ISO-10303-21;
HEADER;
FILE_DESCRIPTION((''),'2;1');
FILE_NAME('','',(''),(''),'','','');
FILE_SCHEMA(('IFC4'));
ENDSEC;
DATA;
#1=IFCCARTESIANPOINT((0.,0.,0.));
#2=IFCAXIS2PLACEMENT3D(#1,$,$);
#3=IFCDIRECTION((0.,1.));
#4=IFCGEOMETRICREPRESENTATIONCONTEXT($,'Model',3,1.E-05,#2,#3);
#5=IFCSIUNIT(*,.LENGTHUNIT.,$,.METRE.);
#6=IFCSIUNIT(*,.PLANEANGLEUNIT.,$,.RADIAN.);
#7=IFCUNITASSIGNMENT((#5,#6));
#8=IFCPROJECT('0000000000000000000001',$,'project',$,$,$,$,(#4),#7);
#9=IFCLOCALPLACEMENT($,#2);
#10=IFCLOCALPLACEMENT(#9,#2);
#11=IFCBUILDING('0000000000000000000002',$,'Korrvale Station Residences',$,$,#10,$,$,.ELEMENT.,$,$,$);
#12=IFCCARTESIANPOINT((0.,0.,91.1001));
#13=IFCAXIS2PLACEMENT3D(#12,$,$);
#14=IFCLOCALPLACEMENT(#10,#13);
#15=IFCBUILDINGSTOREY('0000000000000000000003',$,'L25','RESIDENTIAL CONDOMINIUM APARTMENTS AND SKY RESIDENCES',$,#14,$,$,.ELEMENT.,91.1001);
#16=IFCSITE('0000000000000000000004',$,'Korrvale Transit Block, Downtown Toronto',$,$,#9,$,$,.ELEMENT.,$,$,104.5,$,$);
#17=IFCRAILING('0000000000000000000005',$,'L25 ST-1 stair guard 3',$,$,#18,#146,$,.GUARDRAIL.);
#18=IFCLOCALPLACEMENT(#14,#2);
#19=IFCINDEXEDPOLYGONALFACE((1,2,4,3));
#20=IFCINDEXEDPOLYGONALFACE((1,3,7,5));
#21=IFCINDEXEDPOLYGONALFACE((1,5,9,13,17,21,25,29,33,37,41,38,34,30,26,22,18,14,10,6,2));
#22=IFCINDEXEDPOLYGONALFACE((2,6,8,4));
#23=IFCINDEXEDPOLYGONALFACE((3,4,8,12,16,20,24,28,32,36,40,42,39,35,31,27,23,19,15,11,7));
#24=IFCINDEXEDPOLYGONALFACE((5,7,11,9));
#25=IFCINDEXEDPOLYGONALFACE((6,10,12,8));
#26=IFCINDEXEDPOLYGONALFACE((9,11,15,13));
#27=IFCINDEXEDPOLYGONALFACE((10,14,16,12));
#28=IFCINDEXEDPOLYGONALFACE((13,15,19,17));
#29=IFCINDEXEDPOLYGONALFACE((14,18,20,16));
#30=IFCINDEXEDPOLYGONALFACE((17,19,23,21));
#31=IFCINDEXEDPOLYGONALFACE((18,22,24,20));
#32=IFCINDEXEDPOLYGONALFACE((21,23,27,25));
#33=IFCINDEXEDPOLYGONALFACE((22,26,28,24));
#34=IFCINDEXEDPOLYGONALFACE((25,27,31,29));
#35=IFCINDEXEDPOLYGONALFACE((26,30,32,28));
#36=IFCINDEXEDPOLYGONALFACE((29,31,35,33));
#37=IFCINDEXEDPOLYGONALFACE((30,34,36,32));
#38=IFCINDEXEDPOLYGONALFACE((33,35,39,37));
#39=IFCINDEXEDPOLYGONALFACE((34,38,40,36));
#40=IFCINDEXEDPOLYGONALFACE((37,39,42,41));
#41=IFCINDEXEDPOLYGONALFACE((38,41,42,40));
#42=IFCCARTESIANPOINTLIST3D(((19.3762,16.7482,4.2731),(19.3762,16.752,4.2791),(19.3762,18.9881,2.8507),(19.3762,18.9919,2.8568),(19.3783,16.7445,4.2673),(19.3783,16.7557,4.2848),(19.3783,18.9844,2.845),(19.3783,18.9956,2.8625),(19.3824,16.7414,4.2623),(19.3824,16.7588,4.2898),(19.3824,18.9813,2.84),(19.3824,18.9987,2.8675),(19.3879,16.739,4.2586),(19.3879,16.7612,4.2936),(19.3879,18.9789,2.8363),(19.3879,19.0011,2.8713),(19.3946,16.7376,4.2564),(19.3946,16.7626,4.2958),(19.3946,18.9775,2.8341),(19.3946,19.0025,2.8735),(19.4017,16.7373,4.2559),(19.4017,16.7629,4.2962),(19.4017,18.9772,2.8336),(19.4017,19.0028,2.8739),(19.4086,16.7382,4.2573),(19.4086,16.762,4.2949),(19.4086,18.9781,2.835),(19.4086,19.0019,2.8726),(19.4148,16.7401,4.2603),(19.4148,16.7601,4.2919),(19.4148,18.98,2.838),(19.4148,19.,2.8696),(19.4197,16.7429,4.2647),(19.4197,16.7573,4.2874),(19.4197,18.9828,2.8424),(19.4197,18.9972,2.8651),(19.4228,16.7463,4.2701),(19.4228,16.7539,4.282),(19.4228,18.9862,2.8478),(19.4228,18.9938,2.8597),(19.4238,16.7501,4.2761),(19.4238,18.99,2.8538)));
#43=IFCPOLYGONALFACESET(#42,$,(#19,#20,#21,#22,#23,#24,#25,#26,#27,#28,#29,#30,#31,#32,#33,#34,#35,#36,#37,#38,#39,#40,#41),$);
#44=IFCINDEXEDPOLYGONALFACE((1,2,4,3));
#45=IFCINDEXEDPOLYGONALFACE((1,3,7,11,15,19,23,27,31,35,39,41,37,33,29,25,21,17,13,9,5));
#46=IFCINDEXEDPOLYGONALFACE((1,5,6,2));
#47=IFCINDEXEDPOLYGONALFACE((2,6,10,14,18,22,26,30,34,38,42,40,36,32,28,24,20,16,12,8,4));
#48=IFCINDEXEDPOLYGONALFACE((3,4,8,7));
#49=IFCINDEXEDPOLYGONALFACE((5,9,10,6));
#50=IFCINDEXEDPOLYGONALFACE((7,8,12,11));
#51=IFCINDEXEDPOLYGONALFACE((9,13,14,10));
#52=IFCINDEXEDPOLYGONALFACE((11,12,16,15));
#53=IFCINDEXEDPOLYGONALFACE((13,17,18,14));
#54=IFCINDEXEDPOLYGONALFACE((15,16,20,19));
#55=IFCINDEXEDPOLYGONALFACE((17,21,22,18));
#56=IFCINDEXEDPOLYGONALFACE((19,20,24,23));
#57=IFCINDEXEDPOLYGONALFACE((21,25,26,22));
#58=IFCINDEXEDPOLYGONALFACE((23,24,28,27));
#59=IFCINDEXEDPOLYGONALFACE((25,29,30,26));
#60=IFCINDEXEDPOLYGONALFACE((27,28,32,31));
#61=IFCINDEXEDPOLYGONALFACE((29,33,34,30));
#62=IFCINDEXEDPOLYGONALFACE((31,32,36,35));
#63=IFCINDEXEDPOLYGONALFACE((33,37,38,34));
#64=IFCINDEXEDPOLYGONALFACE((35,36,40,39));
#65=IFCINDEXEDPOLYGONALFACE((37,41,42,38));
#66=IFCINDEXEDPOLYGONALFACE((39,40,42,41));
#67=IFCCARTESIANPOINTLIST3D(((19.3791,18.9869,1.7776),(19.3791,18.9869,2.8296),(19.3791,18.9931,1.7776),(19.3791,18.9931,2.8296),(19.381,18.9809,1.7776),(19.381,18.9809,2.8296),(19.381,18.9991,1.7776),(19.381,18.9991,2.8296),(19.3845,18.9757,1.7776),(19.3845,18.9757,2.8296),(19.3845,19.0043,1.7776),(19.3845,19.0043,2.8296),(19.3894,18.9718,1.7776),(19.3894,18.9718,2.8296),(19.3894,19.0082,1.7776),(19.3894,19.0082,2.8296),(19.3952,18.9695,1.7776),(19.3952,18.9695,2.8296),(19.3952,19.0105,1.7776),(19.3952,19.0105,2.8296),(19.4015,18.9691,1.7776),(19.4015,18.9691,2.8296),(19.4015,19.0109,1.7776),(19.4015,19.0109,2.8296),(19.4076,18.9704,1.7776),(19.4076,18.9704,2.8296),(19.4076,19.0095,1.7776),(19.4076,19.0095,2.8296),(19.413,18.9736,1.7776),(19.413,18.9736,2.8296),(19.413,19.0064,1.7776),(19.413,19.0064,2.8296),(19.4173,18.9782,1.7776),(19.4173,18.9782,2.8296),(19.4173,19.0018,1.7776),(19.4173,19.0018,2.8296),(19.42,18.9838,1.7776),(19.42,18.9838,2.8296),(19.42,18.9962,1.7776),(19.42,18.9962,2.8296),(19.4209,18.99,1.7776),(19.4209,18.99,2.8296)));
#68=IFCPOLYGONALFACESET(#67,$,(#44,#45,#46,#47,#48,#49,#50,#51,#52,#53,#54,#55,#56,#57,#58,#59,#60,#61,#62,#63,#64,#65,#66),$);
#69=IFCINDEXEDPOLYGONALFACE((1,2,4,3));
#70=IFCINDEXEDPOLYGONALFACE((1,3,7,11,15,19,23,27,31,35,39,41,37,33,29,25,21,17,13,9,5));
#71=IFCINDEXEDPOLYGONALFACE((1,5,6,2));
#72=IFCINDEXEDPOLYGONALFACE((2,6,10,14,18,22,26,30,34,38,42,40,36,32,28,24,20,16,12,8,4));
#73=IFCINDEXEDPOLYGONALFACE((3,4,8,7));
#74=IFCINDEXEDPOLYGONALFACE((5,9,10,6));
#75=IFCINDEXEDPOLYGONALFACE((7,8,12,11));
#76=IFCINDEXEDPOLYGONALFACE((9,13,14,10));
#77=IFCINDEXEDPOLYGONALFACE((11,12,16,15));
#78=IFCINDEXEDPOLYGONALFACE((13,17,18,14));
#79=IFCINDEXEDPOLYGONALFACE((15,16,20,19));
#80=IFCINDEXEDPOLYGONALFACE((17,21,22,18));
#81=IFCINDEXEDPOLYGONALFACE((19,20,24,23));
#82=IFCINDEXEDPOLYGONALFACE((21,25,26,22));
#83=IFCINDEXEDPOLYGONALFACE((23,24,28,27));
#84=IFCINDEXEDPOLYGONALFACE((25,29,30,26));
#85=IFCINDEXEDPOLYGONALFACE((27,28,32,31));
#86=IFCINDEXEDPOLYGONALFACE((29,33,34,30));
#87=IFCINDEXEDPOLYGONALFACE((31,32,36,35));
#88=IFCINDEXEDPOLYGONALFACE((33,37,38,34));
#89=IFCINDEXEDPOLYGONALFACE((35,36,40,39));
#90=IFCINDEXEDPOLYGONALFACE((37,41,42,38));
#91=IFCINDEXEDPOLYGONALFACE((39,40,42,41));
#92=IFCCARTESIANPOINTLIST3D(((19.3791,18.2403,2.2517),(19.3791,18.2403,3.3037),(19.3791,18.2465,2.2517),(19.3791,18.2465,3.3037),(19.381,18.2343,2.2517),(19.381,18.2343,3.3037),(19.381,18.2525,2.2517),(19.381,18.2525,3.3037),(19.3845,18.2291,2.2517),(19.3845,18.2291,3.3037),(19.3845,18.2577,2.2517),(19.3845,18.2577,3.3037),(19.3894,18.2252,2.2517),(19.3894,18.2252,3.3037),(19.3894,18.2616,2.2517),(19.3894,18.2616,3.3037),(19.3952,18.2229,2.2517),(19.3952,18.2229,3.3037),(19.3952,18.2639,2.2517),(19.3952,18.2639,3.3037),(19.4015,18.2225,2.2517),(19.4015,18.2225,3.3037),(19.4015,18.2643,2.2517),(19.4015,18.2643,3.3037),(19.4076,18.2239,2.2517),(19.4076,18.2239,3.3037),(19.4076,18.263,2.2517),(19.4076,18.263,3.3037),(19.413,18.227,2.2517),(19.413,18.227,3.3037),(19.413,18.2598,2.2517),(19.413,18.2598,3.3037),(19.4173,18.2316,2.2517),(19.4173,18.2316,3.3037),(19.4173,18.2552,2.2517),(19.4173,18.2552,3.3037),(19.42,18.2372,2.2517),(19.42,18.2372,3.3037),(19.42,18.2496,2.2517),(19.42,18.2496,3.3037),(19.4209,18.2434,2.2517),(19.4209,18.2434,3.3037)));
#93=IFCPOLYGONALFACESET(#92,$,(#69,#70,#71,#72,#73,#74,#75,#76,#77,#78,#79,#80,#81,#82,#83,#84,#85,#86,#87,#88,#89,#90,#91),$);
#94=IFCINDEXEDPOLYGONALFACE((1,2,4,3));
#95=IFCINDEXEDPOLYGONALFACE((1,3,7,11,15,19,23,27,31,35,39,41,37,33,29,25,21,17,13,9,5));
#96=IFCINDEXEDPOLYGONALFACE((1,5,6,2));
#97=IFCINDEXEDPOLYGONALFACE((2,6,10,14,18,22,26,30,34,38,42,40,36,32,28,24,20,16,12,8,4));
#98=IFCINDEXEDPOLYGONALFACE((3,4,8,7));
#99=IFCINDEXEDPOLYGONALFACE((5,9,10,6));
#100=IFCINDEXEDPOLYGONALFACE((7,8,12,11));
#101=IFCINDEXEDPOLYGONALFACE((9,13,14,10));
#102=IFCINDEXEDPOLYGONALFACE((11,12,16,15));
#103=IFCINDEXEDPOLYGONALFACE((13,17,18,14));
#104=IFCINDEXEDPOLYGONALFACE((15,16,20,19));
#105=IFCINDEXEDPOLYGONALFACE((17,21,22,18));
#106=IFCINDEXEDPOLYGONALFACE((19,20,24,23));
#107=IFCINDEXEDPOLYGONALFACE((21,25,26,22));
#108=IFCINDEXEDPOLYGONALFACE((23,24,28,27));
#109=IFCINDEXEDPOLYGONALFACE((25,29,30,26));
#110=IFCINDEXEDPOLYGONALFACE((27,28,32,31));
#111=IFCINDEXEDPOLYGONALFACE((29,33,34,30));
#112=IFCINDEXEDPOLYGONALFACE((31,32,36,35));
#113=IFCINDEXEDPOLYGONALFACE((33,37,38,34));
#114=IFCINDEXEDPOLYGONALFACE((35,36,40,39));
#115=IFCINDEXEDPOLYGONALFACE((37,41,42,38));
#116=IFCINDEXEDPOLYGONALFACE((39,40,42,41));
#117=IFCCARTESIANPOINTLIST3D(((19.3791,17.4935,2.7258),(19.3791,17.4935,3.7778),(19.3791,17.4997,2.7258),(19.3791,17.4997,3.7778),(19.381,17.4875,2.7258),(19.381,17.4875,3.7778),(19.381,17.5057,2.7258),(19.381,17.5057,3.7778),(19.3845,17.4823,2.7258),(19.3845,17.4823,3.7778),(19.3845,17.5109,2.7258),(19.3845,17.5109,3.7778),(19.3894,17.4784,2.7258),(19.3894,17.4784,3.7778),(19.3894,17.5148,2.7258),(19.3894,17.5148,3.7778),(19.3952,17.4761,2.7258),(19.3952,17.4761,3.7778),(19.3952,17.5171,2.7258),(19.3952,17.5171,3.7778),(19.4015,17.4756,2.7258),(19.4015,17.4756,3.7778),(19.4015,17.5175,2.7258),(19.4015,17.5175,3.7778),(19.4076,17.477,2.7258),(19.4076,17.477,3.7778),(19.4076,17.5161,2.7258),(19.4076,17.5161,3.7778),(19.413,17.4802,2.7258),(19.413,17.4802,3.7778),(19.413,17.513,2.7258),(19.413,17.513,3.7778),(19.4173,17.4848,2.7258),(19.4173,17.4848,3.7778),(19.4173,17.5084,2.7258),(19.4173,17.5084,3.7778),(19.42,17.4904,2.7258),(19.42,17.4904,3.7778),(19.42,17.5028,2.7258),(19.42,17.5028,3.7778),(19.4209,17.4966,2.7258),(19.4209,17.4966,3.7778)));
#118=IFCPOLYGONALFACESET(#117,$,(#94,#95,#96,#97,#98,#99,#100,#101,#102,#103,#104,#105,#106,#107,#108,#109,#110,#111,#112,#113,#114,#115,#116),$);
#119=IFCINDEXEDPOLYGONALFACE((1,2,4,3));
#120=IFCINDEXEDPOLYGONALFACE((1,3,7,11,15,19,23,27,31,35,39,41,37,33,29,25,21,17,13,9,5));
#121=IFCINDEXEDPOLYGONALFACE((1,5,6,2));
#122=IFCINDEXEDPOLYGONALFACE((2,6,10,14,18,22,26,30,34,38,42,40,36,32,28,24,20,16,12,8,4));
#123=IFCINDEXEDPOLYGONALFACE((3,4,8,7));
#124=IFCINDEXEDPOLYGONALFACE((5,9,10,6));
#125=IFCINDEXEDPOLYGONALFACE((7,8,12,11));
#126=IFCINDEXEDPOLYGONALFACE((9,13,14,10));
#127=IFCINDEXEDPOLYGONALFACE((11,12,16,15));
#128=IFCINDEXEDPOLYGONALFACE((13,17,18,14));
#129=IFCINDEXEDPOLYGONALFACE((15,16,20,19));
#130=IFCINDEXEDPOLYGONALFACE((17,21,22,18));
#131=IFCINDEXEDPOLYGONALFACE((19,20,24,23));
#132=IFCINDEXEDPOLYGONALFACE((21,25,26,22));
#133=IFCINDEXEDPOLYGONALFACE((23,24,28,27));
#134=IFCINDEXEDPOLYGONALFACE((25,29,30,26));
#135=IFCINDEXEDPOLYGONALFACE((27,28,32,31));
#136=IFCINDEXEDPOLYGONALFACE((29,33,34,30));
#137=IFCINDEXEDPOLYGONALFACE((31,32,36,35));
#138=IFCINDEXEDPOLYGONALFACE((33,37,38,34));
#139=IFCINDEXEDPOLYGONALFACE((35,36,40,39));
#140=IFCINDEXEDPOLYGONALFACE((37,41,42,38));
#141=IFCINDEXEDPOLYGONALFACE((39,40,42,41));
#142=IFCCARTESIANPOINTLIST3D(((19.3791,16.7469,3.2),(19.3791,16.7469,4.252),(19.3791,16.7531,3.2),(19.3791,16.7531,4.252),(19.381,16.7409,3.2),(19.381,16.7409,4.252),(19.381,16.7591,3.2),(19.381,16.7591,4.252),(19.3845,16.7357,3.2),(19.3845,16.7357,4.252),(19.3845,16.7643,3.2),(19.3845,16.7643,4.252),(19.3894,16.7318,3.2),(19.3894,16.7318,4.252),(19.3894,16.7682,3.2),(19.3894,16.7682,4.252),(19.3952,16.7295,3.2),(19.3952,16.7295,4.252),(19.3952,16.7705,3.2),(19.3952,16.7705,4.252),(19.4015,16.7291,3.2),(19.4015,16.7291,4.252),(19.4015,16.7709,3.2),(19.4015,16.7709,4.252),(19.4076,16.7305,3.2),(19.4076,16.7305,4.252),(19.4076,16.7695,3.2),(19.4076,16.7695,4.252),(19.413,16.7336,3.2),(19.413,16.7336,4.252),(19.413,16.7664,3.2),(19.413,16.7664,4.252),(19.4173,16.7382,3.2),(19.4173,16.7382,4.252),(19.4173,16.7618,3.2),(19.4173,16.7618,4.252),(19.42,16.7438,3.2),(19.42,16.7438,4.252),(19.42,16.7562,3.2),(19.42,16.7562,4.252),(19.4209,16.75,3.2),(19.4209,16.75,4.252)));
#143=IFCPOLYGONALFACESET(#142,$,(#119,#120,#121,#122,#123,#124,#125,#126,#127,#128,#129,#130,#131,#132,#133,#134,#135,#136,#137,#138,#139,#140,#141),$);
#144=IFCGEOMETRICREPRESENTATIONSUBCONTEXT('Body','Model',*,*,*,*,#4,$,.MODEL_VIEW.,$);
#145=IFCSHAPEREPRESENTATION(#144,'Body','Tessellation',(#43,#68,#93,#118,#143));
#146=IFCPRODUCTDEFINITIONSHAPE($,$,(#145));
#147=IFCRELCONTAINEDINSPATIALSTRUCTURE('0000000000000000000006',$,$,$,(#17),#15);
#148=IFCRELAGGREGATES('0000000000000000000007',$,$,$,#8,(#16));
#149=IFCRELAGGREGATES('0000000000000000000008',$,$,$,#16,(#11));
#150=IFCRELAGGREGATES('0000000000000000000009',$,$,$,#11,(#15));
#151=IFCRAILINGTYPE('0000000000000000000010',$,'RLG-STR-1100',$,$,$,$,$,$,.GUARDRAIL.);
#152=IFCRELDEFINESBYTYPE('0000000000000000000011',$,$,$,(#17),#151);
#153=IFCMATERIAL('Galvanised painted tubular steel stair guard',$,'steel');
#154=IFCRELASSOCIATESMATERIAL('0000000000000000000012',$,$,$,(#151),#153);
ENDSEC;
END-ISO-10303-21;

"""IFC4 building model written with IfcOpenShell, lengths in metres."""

from ifc_helpers import new_model, si_unit, direction, frame, origin, origin_2d, place, context, subcontext, project, spatial, circle, extrude, material, type_object, element, save


model = new_model("IFC4")

# Units and contexts
model_context = context("Model", 3, precision=1e-05, world=origin(), true_north=direction((0.0, 1.0)))
body_context = subcontext(model_context, "Body", "Model", "MODEL_VIEW")
ifc_project = project(units=[si_unit("LENGTHUNIT", "METRE"), si_unit("PLANEANGLEUNIT", "RADIAN")], contexts=[model_context])

# Site, building, storey
site_placement = place(None, origin())
site = spatial("IfcSite", under=ifc_project, at=site_placement, Name="Korrvale Transit Block, Downtown Toronto", CompositionType="ELEMENT", RefElevation=104.5)
building_placement = place(site_placement, origin())
building = spatial("IfcBuilding", under=site, at=building_placement, Name="Korrvale Station Residences", CompositionType="ELEMENT")
storey_placement = place(building_placement, frame((0.0, 0.0, 91.1001)))
storey = spatial("IfcBuildingStorey", under=building, at=storey_placement, Name="L25", Description="RESIDENTIAL CONDOMINIUM APARTMENTS AND SKY RESIDENCES", CompositionType="ELEMENT", Elevation=91.1001)

# Railing
ifc_material_1 = material(Name="Galvanised painted tubular steel stair guard", Category="steel")
railing_type_1 = type_object("IfcRailingType", Name="RLG-STR-1100", PredefinedType="GUARDRAIL", material=ifc_material_1)
railing_1_placement = place(storey_placement, frame((19.3999, 18.99, 1.7776)))
element("IfcRailing", 1, at=railing_1_placement, inside=storey, type_object=railing_type_1, Name="L25 ST-1 stair guard 3", PredefinedType="GUARDRAIL", context=body_context, shape_type="SweptSolid", body=[
    extrude(circle(Radius=0.0239, at=origin_2d()), frame((0.0, 0.0, 1.0762), z_axis=(0.0, -0.844188, 0.536048), x_axis=(1.0, 0.0, 0.0)), (0.0, 0.0, 1.0), 2.6533),
    extrude(circle(Radius=0.021, at=origin_2d()), origin(), (0.0, 0.0, 1.0), 1.052),
    extrude(circle(Radius=0.021, at=origin_2d()), frame((0.0, -0.7466, 0.4741)), (0.0, 0.0, 1.0), 1.052),
    extrude(circle(Radius=0.021, at=origin_2d()), frame((0.0, -1.4934, 0.9482)), (0.0, 0.0, 1.0), 1.052),
    extrude(circle(Radius=0.021, at=origin_2d()), frame((0.0, -2.24, 1.4224)), (0.0, 0.0, 1.0), 1.052),
])

save(model, "model.ifc")
